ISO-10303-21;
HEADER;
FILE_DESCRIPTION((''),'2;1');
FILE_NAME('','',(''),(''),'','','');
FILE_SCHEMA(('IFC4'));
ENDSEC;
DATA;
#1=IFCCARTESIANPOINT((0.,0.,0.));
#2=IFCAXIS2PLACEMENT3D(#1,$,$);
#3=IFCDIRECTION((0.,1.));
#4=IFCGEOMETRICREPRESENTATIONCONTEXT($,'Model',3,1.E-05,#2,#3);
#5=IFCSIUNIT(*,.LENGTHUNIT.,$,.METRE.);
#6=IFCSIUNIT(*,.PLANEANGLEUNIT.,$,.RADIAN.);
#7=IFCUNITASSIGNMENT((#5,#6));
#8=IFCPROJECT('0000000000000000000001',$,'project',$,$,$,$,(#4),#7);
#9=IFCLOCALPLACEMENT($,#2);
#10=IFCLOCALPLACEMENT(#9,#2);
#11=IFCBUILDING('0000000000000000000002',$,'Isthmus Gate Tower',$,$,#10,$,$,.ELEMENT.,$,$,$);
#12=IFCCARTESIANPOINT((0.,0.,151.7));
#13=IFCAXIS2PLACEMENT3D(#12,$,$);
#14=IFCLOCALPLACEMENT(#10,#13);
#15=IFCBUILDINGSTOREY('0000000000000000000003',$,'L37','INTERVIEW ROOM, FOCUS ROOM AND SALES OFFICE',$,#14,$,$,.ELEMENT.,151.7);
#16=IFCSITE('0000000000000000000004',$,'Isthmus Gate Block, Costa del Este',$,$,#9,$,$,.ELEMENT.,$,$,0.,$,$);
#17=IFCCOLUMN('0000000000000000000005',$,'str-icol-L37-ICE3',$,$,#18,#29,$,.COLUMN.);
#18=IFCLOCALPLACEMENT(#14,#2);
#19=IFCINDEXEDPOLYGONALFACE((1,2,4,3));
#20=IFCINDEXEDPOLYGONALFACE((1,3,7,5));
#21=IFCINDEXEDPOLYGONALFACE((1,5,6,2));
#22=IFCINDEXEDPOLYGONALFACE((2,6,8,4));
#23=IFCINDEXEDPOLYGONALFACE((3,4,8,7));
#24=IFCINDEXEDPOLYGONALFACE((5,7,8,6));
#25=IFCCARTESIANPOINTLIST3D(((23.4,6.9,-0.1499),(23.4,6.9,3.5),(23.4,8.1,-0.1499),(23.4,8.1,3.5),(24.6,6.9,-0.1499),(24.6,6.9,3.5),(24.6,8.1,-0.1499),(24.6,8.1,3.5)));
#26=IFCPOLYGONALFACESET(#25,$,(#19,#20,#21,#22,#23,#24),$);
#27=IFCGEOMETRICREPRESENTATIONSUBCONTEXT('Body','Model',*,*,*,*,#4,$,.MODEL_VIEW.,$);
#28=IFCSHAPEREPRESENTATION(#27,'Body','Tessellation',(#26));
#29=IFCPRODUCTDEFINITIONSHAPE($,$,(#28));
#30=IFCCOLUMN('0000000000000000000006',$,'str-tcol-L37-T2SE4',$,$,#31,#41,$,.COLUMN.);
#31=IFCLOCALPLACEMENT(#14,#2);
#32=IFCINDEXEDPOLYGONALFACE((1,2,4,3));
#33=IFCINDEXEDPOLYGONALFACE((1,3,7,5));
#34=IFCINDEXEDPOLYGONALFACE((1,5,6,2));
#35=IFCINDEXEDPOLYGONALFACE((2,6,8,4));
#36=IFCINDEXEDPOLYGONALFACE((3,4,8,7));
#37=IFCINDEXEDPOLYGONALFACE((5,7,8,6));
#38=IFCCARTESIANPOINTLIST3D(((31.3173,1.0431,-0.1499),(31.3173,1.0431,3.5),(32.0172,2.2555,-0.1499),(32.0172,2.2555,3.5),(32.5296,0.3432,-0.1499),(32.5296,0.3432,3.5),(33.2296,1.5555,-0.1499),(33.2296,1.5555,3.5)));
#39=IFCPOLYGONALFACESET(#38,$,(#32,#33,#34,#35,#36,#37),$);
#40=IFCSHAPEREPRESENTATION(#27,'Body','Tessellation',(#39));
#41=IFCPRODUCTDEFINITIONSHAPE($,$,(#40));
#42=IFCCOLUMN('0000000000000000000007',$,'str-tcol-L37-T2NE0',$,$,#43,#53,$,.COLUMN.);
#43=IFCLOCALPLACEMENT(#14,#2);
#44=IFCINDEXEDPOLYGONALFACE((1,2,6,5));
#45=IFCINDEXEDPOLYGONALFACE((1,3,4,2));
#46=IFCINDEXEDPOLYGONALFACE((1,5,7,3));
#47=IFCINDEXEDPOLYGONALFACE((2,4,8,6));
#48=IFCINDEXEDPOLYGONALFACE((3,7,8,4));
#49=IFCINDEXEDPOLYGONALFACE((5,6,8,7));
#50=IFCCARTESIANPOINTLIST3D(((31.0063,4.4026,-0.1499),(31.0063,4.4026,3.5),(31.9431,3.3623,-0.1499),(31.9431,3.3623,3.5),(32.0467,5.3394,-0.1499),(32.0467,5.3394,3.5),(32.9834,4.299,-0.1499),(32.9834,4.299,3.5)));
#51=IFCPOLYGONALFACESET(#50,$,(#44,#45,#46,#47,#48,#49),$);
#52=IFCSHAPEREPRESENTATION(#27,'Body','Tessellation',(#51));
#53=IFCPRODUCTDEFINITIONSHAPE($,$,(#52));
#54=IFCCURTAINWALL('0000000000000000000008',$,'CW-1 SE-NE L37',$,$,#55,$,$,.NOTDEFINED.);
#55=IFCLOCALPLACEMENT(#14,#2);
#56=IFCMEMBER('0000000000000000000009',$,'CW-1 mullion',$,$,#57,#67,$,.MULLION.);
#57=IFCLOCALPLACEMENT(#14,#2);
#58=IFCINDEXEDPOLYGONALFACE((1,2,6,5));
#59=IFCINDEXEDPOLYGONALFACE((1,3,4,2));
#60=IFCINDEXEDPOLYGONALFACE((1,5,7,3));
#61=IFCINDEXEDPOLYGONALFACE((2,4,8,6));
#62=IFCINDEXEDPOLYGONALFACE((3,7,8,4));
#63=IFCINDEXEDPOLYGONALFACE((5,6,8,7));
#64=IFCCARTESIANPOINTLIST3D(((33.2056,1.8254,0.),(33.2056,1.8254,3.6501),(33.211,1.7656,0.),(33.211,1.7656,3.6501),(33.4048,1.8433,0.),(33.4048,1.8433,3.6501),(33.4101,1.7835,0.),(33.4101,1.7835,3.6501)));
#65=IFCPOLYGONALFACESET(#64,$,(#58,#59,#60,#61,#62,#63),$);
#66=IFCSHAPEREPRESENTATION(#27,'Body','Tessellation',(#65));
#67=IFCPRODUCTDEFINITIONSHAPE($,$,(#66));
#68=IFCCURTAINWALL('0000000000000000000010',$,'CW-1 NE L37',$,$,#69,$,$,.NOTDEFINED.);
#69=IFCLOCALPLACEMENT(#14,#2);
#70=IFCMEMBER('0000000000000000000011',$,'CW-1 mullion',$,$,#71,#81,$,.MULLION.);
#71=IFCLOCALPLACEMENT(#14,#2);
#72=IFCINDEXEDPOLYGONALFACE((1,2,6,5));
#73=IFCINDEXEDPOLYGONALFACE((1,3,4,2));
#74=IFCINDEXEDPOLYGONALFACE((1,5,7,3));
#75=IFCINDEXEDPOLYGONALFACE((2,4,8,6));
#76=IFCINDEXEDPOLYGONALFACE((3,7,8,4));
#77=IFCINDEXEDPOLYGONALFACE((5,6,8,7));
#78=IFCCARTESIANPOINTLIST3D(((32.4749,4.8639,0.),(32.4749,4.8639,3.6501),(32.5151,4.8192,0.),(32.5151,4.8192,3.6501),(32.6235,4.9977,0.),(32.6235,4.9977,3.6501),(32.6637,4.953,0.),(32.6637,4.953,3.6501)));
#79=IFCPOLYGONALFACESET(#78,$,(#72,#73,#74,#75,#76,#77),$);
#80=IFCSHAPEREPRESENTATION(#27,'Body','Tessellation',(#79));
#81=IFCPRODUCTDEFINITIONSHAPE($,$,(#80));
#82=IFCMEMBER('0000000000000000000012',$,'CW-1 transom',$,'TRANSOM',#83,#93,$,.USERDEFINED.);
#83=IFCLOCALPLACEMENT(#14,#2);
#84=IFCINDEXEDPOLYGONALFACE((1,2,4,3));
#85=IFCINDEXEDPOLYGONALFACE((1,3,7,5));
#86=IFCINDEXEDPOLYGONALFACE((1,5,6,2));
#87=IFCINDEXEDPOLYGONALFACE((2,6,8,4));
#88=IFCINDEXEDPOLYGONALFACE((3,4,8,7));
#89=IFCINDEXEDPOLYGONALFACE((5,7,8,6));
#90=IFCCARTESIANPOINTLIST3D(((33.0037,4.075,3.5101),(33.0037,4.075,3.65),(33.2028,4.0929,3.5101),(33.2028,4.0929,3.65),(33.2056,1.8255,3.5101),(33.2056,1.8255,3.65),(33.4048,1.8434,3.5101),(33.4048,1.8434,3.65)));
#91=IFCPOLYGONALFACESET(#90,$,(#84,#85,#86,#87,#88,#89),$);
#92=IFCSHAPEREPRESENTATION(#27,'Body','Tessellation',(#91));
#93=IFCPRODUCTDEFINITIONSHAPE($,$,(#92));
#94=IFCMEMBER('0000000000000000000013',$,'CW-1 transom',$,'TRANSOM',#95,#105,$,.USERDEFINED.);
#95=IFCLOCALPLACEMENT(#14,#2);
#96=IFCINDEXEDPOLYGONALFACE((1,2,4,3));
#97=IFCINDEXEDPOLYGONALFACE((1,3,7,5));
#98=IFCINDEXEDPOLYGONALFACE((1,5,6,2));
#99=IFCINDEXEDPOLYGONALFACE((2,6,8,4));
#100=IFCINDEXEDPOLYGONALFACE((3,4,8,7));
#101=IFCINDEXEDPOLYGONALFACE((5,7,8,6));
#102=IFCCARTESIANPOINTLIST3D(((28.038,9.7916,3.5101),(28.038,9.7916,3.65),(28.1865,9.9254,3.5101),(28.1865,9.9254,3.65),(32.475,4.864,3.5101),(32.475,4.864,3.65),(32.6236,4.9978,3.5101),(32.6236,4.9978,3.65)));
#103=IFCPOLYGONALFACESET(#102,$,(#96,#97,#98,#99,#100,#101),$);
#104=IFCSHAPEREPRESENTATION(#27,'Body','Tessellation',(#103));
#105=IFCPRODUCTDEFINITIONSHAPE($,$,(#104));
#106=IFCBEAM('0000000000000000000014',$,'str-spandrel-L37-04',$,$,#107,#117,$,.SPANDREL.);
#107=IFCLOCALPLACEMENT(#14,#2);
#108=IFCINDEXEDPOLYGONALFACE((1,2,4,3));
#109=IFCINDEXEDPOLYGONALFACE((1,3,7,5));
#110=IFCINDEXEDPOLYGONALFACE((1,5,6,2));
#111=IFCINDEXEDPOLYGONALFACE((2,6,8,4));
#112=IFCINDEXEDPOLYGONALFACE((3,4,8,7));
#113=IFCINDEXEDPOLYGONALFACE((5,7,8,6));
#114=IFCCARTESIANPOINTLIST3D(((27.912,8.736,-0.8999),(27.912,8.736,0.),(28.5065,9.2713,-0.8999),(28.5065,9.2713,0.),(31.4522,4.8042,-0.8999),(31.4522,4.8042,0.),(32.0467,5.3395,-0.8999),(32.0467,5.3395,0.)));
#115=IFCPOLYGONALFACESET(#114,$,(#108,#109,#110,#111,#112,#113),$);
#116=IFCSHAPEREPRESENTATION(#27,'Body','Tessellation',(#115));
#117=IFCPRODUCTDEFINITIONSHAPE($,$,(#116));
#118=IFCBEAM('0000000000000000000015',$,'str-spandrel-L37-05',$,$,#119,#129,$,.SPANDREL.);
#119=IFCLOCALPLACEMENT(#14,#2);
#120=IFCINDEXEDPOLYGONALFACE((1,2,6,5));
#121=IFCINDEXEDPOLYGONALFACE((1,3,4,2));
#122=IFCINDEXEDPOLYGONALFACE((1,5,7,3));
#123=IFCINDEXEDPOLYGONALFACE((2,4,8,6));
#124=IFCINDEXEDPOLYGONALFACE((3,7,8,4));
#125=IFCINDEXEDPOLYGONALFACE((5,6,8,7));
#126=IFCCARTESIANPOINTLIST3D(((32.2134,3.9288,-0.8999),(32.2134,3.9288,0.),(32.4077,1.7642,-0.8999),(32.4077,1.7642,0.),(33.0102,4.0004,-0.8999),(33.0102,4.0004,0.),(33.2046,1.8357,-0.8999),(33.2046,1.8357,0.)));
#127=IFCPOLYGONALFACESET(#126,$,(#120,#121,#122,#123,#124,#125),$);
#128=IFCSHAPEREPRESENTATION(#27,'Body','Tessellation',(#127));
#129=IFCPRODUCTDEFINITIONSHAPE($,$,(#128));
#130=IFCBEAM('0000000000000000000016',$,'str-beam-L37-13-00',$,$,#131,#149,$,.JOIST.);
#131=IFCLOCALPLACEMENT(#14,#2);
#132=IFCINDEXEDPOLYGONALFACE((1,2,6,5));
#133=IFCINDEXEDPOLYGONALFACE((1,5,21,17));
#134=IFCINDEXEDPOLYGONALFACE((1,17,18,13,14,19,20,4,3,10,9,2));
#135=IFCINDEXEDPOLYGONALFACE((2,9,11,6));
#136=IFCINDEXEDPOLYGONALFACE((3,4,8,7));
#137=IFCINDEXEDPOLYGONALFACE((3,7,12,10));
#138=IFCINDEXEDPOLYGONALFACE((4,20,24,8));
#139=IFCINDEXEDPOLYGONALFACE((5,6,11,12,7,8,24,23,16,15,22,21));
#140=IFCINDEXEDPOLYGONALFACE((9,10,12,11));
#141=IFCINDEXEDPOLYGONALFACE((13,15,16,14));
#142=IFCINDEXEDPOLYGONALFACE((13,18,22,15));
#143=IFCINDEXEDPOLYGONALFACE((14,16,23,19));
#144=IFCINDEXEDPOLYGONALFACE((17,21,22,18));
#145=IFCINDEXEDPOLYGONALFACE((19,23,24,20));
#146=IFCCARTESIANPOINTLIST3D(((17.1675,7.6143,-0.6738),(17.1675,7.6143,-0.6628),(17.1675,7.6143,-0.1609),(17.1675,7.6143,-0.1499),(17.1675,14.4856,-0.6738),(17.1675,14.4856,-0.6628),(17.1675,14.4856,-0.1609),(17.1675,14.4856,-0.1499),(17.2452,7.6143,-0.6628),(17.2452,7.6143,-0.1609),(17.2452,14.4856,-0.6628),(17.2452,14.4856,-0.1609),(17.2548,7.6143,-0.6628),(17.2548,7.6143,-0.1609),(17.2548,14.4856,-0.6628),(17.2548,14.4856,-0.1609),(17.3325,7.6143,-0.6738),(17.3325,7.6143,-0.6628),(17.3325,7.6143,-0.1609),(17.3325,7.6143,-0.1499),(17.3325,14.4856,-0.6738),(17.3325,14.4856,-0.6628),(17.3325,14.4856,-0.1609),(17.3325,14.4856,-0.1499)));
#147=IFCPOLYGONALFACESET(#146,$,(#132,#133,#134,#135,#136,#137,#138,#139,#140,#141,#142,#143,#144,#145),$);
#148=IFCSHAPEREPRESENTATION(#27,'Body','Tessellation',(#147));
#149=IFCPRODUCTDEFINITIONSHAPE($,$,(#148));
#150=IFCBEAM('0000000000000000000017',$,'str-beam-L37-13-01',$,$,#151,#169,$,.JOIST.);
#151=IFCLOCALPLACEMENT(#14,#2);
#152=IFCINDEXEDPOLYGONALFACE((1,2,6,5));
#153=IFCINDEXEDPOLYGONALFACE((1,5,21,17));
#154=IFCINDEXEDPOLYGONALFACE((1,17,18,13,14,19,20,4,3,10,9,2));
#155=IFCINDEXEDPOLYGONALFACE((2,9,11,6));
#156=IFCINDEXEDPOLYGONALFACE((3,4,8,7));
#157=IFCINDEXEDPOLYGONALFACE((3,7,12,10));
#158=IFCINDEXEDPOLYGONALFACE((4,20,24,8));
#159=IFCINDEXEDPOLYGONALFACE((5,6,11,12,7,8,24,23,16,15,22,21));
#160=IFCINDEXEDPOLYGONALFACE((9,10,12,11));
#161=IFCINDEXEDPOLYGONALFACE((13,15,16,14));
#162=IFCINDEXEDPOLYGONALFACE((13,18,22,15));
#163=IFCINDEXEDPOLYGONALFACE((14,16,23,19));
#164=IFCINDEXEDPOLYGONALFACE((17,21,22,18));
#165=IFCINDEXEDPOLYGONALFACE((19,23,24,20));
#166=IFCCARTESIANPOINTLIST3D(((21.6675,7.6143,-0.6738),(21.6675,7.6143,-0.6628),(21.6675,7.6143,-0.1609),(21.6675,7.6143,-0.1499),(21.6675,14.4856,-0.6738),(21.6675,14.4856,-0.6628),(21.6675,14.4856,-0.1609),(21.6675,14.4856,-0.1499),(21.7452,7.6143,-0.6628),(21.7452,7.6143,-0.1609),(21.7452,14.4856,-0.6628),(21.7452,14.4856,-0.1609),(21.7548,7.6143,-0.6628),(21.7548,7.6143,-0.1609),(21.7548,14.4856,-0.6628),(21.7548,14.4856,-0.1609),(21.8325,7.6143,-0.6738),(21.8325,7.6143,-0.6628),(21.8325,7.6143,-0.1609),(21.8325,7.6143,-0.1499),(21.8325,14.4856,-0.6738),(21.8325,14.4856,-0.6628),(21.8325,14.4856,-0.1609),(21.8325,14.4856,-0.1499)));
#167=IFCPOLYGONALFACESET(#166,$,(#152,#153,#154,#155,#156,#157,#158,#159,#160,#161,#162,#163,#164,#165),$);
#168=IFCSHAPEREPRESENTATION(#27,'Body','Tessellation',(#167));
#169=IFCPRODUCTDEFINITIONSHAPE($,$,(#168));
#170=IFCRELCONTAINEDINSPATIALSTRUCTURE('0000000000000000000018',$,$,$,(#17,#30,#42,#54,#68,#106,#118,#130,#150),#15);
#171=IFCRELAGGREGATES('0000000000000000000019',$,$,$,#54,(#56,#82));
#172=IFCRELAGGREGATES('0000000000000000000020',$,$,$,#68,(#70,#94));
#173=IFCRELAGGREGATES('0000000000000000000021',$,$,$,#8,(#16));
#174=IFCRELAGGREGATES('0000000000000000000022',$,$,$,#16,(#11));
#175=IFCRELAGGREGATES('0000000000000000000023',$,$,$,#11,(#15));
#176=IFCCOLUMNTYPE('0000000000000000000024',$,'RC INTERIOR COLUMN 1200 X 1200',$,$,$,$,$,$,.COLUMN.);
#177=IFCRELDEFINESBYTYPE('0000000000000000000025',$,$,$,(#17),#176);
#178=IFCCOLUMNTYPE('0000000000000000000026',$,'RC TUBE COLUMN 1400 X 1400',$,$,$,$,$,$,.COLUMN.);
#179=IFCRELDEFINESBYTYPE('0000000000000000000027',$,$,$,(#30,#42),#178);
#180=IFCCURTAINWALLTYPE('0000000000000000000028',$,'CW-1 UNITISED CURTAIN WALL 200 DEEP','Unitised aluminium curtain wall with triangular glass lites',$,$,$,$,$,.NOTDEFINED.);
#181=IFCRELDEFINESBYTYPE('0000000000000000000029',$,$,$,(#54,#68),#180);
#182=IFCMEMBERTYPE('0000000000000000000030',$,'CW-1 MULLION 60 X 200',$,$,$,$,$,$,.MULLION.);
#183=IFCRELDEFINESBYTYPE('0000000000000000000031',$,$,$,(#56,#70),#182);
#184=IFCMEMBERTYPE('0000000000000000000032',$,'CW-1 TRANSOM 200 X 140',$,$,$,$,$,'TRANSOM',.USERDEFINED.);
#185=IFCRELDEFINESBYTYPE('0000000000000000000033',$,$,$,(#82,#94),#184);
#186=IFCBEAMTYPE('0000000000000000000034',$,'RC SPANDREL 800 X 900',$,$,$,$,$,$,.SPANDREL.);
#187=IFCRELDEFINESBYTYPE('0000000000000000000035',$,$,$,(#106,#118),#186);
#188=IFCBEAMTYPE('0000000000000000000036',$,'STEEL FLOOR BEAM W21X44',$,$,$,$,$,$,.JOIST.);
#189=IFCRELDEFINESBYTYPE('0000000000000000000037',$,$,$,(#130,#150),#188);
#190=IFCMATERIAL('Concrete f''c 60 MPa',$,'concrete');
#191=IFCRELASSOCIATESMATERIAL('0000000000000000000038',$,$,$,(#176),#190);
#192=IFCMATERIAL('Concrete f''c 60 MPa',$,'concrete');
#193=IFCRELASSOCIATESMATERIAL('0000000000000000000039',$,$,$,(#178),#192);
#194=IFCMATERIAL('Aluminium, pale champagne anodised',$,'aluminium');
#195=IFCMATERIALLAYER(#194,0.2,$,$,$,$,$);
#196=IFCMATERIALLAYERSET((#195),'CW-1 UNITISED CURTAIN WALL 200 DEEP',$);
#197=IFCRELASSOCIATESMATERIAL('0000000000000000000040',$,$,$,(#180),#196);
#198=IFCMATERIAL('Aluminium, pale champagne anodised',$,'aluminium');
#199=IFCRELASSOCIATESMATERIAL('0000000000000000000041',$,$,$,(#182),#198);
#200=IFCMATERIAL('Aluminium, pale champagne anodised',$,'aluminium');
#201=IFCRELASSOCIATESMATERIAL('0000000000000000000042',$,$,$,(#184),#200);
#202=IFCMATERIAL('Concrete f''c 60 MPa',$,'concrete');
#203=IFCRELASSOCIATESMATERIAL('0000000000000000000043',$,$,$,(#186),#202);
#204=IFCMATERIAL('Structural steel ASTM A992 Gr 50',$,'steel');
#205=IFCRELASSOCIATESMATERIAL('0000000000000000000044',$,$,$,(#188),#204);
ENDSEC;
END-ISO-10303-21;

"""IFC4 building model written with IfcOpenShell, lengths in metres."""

from ifc_helpers import new_model, si_unit, direction, frame, origin, origin_2d, place, context, subcontext, project, spatial, rectangle, i_section, extrude, material, layer, layer_set, material_profile, profile_set, type_object, element, aggregate, save


model = new_model("IFC4")

# Units and contexts
model_context = context("Model", 3, precision=1e-05, world=origin(), true_north=direction((0.0, 1.0)))
body_context = subcontext(model_context, "Body", "Model", "MODEL_VIEW")
ifc_project = project(units=[si_unit("LENGTHUNIT", "METRE"), si_unit("PLANEANGLEUNIT", "RADIAN")], contexts=[model_context])

# Site, building, storey
site_placement = place(None, origin())
site = spatial("IfcSite", under=ifc_project, at=site_placement, Name="Isthmus Gate Block, Costa del Este", CompositionType="ELEMENT", RefElevation=0.0)
building_placement = place(site_placement, origin())
building = spatial("IfcBuilding", under=site, at=building_placement, Name="Isthmus Gate Tower", CompositionType="ELEMENT")
storey_placement = place(building_placement, frame((0.0, 0.0, 151.7)))
storey = spatial("IfcBuildingStorey", under=building, at=storey_placement, Name="L37", Description="INTERVIEW ROOM, FOCUS ROOM AND SALES OFFICE", CompositionType="ELEMENT", Elevation=151.7)

# Columns
ifc_material_1 = material(Name="Concrete f'c 60 MPa", Category="concrete")
ifc_material_profile_1 = material_profile(ifc_material_1, rectangle(XDim=1.2, YDim=1.2, at=origin_2d()), Name="RC 1200X1200")
ifc_profile_set_1 = profile_set([ifc_material_profile_1], Name="Concrete f'c 60 MPa")
column_type_1 = type_object("IfcColumnType", Name="RC INTERIOR COLUMN 1200 X 1200", PredefinedType="COLUMN", material=ifc_profile_set_1)
column_placement = place(storey_placement, frame((24.0, 7.5, -0.1499), z_axis=(0.0, 0.0, 1.0), x_axis=(1.0, 0.0, 0.0)))
element("IfcColumn", 1, at=column_placement, inside=storey, type_object=column_type_1, Name="str-icol-L37-ICE3", PredefinedType="COLUMN", context=body_context, shape_type="SweptSolid", body=[
    extrude(rectangle(XDim=1.2, YDim=1.2, at=origin_2d()), origin(), (0.0, 0.0, 1.0), 3.6499),
])
ifc_material_2 = material(Name="Concrete f'c 60 MPa", Category="concrete")
ifc_material_profile_2 = material_profile(ifc_material_2, rectangle(XDim=1.3999, YDim=1.3999, at=origin_2d()), Name="RC 1400X1400")
ifc_profile_set_2 = profile_set([ifc_material_profile_2], Name="Concrete f'c 60 MPa")
column_type_2 = type_object("IfcColumnType", Name="RC TUBE COLUMN 1400 X 1400", PredefinedType="COLUMN", material=ifc_profile_set_2)
for number, where, z_axis, x_axis, name in (
    (2, (32.2734, 1.2993, -0.1499), (0.0, 0.0, 1.0), (0.5, 0.866025, 0.0), "str-tcol-L37-T2SE4"),
    (3, (31.9949, 4.3508, -0.1499), (0.0, 0.0, 1.0), (-0.669131, 0.743145, 0.0), "str-tcol-L37-T2NE0"),
):
    element("IfcColumn", number, at=place(storey_placement, frame(where, z_axis=z_axis, x_axis=x_axis)), inside=storey, type_object=column_type_2, Name=name, PredefinedType="COLUMN", context=body_context, shape_type="SweptSolid", body=[
        extrude(rectangle(XDim=1.3999, YDim=1.3999, at=origin_2d()), origin(), (0.0, 0.0, 1.0), 3.6499),
    ])

# Curtain walls, members
ifc_material_3 = material(Name="Aluminium, pale champagne anodised", Category="aluminium")
ifc_layer_1 = layer(ifc_material_3, 0.2)
ifc_layer_set_1 = layer_set([ifc_layer_1], Name="CW-1 UNITISED CURTAIN WALL 200 DEEP")
curtain_wall_type = type_object("IfcCurtainWallType", Name="CW-1 UNITISED CURTAIN WALL 200 DEEP", Description="Unitised aluminium curtain wall with triangular glass lites", PredefinedType="NOTDEFINED", material=ifc_layer_set_1)
curtain_wall_1_placement = place(storey_placement, origin())
curtain_wall_1 = element("IfcCurtainWall", 4, at=curtain_wall_1_placement, inside=storey, type_object=curtain_wall_type, Name="CW-1 SE-NE L37", PredefinedType="NOTDEFINED")
ifc_material_4 = material(Name="Aluminium, pale champagne anodised", Category="aluminium")
ifc_material_profile_3 = material_profile(ifc_material_4, rectangle(XDim=0.0601, YDim=0.2, at=origin_2d()), Name="60x200")
ifc_profile_set_3 = profile_set([ifc_material_profile_3], Name="Aluminium, pale champagne anodised")
member_type_1 = type_object("IfcMemberType", Name="CW-1 MULLION 60 X 200", PredefinedType="MULLION", material=ifc_profile_set_3)
member_1_placement = place(storey_placement, frame((33.3079, 1.8044, 0.0), z_axis=(0.0, 0.0, 1.0), x_axis=(-0.089397, 0.995996, 0.0)))
member_1 = element("IfcMember", 5, at=member_1_placement, type_object=member_type_1, Name="CW-1 mullion", PredefinedType="MULLION", context=body_context, shape_type="SweptSolid", body=[
    extrude(rectangle(XDim=0.0601, YDim=0.2, at=origin_2d()), origin(), (0.0, 0.0, 1.0), 3.6501),
])
curtain_wall_2_placement = place(storey_placement, origin())
curtain_wall_2 = element("IfcCurtainWall", 6, at=curtain_wall_2_placement, inside=storey, type_object=curtain_wall_type, Name="CW-1 NE L37", PredefinedType="NOTDEFINED")
member_2_placement = place(storey_placement, frame((32.5693, 4.9084, 0.0), z_axis=(0.0, 0.0, 1.0), x_axis=(-0.669131, 0.743145, 0.0)))
member_2 = element("IfcMember", 7, at=member_2_placement, type_object=member_type_1, Name="CW-1 mullion", PredefinedType="MULLION", context=body_context, shape_type="SweptSolid", body=[
    extrude(rectangle(XDim=0.0601, YDim=0.2, at=origin_2d()), origin(), (0.0, 0.0, 1.0), 3.6501),
])

# Members
ifc_material_5 = material(Name="Aluminium, pale champagne anodised", Category="aluminium")
ifc_material_profile_4 = material_profile(ifc_material_5, rectangle(XDim=0.2, YDim=0.1399, at=origin_2d()), Name="200x140")
ifc_profile_set_4 = profile_set([ifc_material_profile_4], Name="Aluminium, pale champagne anodised")
member_type_2 = type_object("IfcMemberType", Name="CW-1 TRANSOM 200 X 140", ElementType="TRANSOM", PredefinedType="USERDEFINED", material=ifc_profile_set_4)
member_3_placement = place(storey_placement, frame((33.3052, 1.8345, 3.5801), z_axis=(-0.089395, 0.995996, 0.0), x_axis=(-0.995996, -0.089395, 0.0)))
member_3 = element("IfcMember", 8, at=member_3_placement, type_object=member_type_2, Name="CW-1 transom", ObjectType="TRANSOM", PredefinedType="USERDEFINED", context=body_context, shape_type="SweptSolid", body=[
    extrude(rectangle(XDim=0.2, YDim=0.1399, at=origin_2d()), origin(), (0.0, 0.0, 1.0), 2.2585),
])
member_4_placement = place(storey_placement, frame((32.5493, 4.9309, 3.5801), z_axis=(-0.669154, 0.743124, 0.0), x_axis=(-0.743124, -0.669154, 0.0)))
member_4 = element("IfcMember", 9, at=member_4_placement, type_object=member_type_2, Name="CW-1 transom", ObjectType="TRANSOM", PredefinedType="USERDEFINED", context=body_context, shape_type="SweptSolid", body=[
    extrude(rectangle(XDim=0.2, YDim=0.1399, at=origin_2d()), origin(), (0.0, 0.0, 1.0), 6.6309),
])

# Beams
ifc_material_6 = material(Name="Concrete f'c 60 MPa", Category="concrete")
ifc_material_profile_5 = material_profile(ifc_material_6, rectangle(XDim=0.8, YDim=0.8999, at=origin_2d()), Name="RC 800X900")
ifc_profile_set_5 = profile_set([ifc_material_profile_5], Name="Concrete f'c 60 MPa")
beam_type_1 = type_object("IfcBeamType", Name="RC SPANDREL 800 X 900", PredefinedType="SPANDREL", material=ifc_profile_set_5)
beam_1_placement = place(storey_placement, frame((28.2092, 9.0037, -0.45), z_axis=(0.66913, -0.743145, 0.0), x_axis=(0.743145, 0.66913, 0.0)))
element("IfcBeam", 10, at=beam_1_placement, inside=storey, type_object=beam_type_1, Name="str-spandrel-L37-04", PredefinedType="SPANDREL", context=body_context, shape_type="SweptSolid", body=[
    extrude(rectangle(XDim=0.8, YDim=0.8999, at=origin_2d()), origin(), (0.0, 0.0, 1.0), 5.2908),
])
beam_2_placement = place(storey_placement, frame((32.6118, 3.9646, -0.45), z_axis=(0.089422, -0.995994, 0.0), x_axis=(0.995994, 0.089422, 0.0)))
element("IfcBeam", 11, at=beam_2_placement, inside=storey, type_object=beam_type_1, Name="str-spandrel-L37-05", PredefinedType="SPANDREL", context=body_context, shape_type="SweptSolid", body=[
    extrude(rectangle(XDim=0.8, YDim=0.8999, at=origin_2d()), origin(), (0.0, 0.0, 1.0), 2.1733),
])
ifc_material_7 = material(Name="Structural steel ASTM A992 Gr 50", Category="steel")
ifc_material_profile_6 = material_profile(ifc_material_7, i_section(OverallWidth=0.165, OverallDepth=0.5239, WebThickness=0.0095, FlangeThickness=0.011, at=origin_2d()), Name="W21X44")
ifc_profile_set_6 = profile_set([ifc_material_profile_6], Name="Structural steel ASTM A992 Gr 50")
beam_type_2 = type_object("IfcBeamType", Name="STEEL FLOOR BEAM W21X44", PredefinedType="JOIST", material=ifc_profile_set_6)
for number, where, z_axis, x_axis, name in (
    (12, (17.25, 7.6143, -0.4119), (0.0, 1.0, 0.0), (-1.0, 0.0, 0.0), "str-beam-L37-13-00"),
    (13, (21.75, 7.6143, -0.4119), (0.0, 1.0, 0.0), (-1.0, 0.0, 0.0), "str-beam-L37-13-01"),
):
    element("IfcBeam", number, at=place(storey_placement, frame(where, z_axis=z_axis, x_axis=x_axis)), inside=storey, type_object=beam_type_2, Name=name, PredefinedType="JOIST", context=body_context, shape_type="SweptSolid", body=[
        extrude(i_section(OverallWidth=0.165, OverallDepth=0.5239, WebThickness=0.0095, FlangeThickness=0.011, at=origin_2d()), origin(), (0.0, 0.0, 1.0), 6.8713),
    ])

aggregate(curtain_wall_1, [member_1, member_3])
aggregate(curtain_wall_2, [member_2, member_4])

save(model, "model.ifc")
